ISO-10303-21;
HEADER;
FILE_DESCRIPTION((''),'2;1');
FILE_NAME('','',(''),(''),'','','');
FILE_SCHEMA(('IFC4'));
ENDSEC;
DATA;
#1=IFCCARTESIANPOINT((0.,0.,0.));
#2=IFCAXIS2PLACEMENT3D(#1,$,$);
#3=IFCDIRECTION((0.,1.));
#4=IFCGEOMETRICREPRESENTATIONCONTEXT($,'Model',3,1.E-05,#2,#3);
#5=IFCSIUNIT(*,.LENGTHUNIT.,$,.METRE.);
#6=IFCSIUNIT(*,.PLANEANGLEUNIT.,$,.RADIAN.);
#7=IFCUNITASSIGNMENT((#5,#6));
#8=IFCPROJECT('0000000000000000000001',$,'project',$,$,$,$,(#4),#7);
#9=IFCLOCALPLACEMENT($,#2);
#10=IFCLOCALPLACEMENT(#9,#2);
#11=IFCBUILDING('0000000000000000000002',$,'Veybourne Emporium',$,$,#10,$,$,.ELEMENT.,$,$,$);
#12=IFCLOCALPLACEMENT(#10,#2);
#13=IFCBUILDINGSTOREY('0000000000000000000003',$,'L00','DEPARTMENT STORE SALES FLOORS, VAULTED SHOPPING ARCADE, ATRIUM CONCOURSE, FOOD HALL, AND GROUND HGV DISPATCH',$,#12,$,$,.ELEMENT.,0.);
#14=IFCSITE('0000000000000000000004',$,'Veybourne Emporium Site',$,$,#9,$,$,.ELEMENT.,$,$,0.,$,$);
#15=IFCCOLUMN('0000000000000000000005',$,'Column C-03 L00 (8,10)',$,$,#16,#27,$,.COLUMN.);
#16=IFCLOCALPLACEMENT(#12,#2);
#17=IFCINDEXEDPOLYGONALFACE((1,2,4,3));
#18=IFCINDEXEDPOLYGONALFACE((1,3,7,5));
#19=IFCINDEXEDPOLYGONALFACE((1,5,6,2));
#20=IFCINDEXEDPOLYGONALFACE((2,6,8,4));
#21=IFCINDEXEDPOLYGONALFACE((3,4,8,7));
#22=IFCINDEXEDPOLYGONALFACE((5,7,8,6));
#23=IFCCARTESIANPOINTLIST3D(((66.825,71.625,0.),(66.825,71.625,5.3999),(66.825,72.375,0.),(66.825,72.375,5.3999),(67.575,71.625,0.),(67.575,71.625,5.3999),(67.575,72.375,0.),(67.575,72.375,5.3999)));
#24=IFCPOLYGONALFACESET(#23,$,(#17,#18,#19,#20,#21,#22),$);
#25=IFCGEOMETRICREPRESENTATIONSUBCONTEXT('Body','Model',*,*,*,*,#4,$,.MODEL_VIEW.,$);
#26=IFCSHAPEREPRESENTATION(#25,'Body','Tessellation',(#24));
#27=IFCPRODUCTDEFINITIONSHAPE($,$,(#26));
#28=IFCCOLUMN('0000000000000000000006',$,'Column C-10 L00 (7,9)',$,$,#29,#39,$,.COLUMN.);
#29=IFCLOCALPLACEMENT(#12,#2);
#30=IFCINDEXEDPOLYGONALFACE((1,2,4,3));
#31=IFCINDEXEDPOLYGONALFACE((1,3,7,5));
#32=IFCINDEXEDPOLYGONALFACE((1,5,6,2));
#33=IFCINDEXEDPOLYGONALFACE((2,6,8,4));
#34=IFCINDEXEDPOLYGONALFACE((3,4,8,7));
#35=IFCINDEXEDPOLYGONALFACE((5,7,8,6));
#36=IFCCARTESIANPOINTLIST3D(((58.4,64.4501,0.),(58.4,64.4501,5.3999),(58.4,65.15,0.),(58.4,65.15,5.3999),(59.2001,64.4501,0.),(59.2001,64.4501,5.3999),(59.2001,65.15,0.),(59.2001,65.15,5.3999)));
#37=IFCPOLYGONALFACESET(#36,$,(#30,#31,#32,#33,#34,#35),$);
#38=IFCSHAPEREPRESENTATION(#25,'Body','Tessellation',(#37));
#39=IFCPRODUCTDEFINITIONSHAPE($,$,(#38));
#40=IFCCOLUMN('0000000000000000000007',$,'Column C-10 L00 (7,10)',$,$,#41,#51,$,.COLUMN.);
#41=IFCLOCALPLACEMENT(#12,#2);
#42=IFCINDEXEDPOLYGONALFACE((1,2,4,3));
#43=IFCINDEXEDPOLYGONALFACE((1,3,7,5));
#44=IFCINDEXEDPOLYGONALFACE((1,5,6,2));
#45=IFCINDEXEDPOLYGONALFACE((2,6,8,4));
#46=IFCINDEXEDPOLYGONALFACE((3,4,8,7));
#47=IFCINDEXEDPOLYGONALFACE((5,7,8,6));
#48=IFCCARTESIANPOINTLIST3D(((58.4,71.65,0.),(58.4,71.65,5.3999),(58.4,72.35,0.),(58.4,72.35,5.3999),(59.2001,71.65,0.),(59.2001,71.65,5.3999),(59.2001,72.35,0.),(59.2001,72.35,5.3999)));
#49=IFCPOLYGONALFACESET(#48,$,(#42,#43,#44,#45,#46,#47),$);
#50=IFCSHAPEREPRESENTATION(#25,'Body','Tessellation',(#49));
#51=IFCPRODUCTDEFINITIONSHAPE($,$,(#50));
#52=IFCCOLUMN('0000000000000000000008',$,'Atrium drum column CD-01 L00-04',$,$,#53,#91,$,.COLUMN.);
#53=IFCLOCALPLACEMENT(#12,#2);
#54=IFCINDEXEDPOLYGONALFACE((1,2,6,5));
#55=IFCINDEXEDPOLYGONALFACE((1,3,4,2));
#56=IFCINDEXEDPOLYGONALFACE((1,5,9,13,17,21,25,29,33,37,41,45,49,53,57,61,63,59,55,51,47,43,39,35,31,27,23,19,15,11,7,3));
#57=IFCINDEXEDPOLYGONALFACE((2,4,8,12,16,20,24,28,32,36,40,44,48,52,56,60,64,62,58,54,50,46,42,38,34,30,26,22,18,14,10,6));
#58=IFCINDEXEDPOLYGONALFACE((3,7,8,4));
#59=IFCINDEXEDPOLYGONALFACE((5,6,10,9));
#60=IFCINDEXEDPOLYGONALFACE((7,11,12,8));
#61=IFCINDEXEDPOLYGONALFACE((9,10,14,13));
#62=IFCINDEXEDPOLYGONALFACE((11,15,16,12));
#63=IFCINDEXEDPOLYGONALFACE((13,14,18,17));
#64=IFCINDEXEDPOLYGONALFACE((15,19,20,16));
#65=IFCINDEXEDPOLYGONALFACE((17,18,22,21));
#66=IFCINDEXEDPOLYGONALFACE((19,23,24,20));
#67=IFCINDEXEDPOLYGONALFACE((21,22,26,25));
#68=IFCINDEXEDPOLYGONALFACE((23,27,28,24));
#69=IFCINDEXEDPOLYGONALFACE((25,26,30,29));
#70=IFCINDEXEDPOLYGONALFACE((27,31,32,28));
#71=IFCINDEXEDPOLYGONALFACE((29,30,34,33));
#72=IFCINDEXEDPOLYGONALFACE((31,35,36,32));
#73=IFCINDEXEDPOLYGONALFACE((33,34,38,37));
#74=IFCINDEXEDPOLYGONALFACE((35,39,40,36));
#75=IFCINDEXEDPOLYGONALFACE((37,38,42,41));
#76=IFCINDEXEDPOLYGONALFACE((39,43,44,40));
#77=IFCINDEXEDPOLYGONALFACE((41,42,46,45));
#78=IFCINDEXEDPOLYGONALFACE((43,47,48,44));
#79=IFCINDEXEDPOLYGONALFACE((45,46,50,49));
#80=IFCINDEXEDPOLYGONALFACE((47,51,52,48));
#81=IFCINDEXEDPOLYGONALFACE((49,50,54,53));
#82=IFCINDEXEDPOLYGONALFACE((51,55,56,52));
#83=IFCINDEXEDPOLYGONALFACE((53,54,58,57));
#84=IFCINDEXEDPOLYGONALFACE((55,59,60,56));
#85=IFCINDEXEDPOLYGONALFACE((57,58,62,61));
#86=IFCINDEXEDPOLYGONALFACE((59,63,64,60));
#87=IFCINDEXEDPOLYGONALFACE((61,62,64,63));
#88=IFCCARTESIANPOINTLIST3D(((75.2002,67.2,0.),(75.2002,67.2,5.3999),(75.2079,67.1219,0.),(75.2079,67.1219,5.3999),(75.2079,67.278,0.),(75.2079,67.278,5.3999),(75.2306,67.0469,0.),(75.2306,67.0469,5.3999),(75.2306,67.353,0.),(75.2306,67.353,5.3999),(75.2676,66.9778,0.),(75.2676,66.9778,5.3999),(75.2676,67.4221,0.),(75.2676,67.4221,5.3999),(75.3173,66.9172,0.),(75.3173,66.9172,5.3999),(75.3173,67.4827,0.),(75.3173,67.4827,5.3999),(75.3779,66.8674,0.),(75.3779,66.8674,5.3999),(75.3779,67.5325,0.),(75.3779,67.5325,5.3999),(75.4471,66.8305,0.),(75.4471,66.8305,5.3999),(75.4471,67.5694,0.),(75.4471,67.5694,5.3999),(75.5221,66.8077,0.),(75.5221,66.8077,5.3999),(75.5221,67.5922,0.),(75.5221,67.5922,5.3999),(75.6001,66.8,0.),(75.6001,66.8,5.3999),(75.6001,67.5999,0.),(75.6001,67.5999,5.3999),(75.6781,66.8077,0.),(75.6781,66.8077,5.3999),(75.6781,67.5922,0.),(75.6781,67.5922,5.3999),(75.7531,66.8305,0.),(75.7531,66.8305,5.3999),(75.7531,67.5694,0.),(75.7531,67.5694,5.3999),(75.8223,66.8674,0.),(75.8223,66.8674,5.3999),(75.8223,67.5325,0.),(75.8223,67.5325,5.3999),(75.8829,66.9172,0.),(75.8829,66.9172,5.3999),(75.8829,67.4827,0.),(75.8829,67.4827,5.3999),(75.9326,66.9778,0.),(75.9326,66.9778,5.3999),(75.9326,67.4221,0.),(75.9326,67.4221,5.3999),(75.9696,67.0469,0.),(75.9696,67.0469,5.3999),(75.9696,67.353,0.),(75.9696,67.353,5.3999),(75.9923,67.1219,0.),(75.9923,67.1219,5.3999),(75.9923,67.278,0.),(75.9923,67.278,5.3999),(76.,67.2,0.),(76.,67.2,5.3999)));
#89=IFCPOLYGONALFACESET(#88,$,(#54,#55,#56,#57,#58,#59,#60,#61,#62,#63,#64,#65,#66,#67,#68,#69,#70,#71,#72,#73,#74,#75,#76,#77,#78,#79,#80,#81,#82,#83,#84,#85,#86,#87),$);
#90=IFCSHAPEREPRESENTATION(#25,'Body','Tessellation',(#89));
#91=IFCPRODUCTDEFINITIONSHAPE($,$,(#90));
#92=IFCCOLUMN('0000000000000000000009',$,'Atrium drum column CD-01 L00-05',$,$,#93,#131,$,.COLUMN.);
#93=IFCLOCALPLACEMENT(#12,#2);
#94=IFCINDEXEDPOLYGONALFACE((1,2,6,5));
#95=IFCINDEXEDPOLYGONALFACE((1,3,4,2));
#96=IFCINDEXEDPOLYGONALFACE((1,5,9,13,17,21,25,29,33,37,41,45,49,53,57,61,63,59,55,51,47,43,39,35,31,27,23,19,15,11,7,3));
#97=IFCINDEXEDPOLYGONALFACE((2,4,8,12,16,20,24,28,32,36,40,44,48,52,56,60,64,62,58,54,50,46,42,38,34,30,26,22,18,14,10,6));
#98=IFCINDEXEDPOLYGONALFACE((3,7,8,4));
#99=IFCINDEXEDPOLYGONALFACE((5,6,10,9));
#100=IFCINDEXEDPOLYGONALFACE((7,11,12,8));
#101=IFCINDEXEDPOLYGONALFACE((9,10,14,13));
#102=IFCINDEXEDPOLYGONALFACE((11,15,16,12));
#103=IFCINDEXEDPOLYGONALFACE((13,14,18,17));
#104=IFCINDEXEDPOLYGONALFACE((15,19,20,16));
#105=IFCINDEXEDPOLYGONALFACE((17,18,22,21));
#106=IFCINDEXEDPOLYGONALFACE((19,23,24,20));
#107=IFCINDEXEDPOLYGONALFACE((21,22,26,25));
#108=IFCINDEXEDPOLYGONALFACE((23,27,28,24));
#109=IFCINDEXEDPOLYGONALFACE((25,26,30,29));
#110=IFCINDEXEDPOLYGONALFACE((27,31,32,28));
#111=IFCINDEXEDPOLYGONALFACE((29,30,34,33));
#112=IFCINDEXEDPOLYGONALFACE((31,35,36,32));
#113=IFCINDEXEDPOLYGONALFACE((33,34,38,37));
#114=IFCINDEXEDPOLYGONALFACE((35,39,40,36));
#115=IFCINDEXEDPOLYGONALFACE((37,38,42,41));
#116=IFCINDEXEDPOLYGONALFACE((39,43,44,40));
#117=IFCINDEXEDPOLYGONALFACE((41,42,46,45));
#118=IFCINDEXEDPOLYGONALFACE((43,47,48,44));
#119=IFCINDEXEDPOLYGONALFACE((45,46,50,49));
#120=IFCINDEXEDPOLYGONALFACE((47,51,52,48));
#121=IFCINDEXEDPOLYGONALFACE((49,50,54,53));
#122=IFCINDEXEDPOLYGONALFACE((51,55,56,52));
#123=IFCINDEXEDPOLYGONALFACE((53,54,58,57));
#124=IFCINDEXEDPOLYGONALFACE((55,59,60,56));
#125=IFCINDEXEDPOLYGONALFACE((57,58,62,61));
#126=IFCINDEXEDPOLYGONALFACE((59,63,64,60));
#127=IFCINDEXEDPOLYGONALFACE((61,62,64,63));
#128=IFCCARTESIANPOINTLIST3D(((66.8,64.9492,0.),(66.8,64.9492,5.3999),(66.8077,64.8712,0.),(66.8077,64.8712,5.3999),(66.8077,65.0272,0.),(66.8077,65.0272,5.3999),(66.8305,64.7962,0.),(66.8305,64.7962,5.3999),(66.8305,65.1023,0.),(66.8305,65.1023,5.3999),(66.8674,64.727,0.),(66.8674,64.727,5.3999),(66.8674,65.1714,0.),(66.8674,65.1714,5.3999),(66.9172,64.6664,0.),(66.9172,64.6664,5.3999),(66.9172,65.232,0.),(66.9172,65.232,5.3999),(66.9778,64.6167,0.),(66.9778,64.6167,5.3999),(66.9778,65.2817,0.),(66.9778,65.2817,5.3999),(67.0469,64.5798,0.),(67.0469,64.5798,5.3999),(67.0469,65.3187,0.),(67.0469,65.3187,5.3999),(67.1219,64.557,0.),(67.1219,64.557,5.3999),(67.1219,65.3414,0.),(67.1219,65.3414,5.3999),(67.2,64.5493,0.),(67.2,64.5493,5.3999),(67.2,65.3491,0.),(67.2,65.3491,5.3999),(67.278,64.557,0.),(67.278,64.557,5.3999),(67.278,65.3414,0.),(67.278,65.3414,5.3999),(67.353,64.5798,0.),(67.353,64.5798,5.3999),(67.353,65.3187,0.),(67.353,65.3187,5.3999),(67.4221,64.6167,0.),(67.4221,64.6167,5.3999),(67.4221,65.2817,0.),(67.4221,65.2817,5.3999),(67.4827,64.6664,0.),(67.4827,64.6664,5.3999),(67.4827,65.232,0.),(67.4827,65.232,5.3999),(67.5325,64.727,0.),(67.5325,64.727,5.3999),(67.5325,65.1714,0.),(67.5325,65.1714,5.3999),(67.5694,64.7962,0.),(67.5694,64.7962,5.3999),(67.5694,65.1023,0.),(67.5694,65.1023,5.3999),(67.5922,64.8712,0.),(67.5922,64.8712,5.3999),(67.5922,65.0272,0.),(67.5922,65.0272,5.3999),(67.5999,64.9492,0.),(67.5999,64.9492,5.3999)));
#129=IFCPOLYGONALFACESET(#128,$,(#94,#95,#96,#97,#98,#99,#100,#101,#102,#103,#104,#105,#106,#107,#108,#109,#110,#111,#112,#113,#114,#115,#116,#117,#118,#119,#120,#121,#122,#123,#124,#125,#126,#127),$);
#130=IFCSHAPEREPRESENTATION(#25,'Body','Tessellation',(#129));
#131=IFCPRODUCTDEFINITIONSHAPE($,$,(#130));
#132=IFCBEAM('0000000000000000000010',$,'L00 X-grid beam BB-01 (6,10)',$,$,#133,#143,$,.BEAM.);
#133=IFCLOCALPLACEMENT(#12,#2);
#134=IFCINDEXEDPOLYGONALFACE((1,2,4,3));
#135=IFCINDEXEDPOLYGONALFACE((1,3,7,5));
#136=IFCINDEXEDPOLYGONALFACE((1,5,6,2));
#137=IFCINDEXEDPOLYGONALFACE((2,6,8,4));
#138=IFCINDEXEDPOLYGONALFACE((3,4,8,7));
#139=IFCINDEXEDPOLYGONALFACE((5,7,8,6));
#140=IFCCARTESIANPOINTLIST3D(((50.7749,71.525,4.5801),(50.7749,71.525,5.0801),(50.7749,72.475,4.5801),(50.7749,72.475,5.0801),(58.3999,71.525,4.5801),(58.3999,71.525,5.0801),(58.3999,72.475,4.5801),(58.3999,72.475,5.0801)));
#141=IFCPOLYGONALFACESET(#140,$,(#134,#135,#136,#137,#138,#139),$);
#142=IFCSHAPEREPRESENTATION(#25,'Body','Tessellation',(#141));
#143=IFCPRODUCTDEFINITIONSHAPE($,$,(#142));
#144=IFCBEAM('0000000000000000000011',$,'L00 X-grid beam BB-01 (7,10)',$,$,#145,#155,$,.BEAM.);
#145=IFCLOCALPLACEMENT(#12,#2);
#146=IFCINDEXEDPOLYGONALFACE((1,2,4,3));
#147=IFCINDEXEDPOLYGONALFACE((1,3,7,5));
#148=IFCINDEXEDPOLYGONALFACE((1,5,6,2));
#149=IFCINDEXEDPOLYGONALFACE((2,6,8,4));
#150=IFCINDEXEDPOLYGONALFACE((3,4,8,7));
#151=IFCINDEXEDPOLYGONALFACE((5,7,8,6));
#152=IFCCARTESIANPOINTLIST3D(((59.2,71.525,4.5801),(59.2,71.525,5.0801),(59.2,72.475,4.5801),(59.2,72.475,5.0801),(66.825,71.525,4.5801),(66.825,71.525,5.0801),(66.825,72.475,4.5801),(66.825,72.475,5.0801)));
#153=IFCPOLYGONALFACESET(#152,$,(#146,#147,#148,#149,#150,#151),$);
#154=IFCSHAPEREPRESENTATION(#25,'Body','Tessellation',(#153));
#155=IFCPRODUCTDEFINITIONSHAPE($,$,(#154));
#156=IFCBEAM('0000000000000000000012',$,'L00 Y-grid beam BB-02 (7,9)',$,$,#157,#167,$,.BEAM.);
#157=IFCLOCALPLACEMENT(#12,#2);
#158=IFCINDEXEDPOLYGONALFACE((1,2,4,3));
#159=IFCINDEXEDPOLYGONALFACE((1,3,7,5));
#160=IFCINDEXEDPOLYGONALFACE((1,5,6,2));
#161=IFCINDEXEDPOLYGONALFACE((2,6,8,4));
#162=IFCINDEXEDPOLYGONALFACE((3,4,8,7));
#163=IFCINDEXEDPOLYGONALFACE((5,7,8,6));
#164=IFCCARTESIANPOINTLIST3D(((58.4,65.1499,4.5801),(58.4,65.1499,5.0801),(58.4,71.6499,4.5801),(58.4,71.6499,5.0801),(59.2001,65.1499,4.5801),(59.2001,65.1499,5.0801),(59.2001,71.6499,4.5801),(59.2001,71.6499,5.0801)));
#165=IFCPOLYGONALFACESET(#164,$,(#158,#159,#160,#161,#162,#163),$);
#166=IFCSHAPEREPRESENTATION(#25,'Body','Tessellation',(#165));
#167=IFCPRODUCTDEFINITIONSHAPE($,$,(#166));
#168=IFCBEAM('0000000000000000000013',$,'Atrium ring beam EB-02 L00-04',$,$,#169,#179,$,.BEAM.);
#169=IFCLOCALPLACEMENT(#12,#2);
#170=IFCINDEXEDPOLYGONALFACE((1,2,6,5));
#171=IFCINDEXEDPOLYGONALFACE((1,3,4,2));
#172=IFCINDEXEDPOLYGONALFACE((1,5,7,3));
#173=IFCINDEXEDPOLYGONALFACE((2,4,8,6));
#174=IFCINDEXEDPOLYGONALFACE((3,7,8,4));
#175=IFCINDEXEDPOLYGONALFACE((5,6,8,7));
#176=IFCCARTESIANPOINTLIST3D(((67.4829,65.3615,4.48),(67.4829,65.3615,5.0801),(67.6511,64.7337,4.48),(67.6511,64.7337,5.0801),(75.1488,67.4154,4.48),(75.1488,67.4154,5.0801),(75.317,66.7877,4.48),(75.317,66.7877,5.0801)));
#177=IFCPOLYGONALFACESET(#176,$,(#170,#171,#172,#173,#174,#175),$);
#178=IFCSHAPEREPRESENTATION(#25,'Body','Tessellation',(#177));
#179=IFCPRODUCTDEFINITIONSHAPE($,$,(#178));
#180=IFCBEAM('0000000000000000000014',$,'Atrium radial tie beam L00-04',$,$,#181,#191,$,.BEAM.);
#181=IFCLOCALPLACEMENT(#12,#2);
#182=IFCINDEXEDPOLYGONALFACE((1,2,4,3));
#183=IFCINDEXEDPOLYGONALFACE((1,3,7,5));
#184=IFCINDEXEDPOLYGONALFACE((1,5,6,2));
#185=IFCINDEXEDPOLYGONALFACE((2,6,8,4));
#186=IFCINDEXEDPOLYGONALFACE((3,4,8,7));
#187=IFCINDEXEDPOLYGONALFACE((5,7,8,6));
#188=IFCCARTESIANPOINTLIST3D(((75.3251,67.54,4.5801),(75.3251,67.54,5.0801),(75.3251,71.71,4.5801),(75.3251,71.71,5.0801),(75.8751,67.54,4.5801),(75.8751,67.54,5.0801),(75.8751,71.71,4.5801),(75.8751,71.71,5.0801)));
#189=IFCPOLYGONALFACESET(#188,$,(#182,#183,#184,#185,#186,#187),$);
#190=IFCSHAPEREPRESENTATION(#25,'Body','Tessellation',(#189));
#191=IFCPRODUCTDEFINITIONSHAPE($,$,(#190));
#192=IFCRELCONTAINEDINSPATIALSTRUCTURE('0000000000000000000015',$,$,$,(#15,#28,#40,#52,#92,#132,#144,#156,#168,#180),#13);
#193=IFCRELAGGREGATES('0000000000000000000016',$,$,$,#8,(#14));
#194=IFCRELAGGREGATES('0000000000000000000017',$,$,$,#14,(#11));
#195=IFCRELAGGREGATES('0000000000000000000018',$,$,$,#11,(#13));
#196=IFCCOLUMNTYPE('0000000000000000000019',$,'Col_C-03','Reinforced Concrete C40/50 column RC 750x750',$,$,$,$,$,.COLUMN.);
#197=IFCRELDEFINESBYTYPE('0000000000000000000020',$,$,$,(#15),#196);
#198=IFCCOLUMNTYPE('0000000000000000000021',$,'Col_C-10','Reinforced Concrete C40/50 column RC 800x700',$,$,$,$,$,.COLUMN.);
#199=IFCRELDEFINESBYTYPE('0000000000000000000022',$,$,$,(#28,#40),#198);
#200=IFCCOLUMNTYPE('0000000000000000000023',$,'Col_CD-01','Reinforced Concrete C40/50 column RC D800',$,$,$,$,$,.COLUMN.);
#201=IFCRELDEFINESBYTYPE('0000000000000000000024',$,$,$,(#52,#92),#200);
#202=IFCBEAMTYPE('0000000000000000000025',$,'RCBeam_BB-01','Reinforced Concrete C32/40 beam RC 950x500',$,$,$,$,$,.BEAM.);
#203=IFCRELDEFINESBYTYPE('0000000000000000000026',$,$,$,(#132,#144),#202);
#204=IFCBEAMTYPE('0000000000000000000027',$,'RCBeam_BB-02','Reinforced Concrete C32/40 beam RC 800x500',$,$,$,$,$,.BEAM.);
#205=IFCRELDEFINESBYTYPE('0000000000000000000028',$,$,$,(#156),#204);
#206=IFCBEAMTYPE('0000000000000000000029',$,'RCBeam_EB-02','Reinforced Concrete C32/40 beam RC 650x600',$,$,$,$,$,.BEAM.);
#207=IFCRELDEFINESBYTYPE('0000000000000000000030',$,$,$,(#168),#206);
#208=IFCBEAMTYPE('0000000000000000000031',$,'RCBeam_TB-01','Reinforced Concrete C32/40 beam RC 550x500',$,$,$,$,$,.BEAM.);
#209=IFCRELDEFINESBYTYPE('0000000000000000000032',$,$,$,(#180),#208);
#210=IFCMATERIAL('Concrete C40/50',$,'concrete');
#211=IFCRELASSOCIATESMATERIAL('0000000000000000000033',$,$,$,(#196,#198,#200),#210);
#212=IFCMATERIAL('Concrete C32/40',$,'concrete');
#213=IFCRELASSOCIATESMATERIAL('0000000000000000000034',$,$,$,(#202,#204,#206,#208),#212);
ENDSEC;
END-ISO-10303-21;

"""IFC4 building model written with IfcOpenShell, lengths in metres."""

from ifc_helpers import new_model, si_unit, direction, frame, origin, origin_2d, place, context, subcontext, project, spatial, rectangle, circle, extrude, material, material_profile, profile_set, type_object, element, save


model = new_model("IFC4")

# Units and contexts
model_context = context("Model", 3, precision=1e-05, world=origin(), true_north=direction((0.0, 1.0)))
body_context = subcontext(model_context, "Body", "Model", "MODEL_VIEW")
ifc_project = project(units=[si_unit("LENGTHUNIT", "METRE"), si_unit("PLANEANGLEUNIT", "RADIAN")], contexts=[model_context])

# Site, building, storey
site_placement = place(None, origin())
site = spatial("IfcSite", under=ifc_project, at=site_placement, Name="Veybourne Emporium Site", CompositionType="ELEMENT", RefElevation=0.0)
building_placement = place(site_placement, origin())
building = spatial("IfcBuilding", under=site, at=building_placement, Name="Veybourne Emporium", CompositionType="ELEMENT")
storey_placement = place(building_placement, origin())
storey = spatial("IfcBuildingStorey", under=building, at=storey_placement, Name="L00", Description="DEPARTMENT STORE SALES FLOORS, VAULTED SHOPPING ARCADE, ATRIUM CONCOURSE, FOOD HALL, AND GROUND HGV DISPATCH", CompositionType="ELEMENT", Elevation=0.0)

# Columns
ifc_material_1 = material(Name="Concrete C40/50", Category="concrete")
ifc_material_profile_1 = material_profile(ifc_material_1, rectangle(XDim=0.75, YDim=0.75, at=origin_2d()), Name="RC 750x750")
ifc_profile_set_1 = profile_set([ifc_material_profile_1], Name="Concrete C40/50")
column_type_1 = type_object("IfcColumnType", Name="Col_C-03", Description="Reinforced Concrete C40/50 column RC 750x750", PredefinedType="COLUMN", material=ifc_profile_set_1)
column_placement = place(storey_placement, frame((67.2, 72.0, 0.0), z_axis=(0.0, 0.0, 1.0), x_axis=(1.0, 0.0, 0.0)))
element("IfcColumn", 1, at=column_placement, inside=storey, type_object=column_type_1, Name="Column C-03 L00 (8,10)", PredefinedType="COLUMN", context=body_context, shape_type="SweptSolid", body=[
    extrude(rectangle(XDim=0.75, YDim=0.75, at=origin_2d()), origin(), (0.0, 0.0, 1.0), 5.3999),
])
ifc_material_profile_2 = material_profile(ifc_material_1, rectangle(XDim=0.8, YDim=0.7, at=origin_2d()), Name="RC 800x700")
ifc_profile_set_2 = profile_set([ifc_material_profile_2], Name="Concrete C40/50")
column_type_2 = type_object("IfcColumnType", Name="Col_C-10", Description="Reinforced Concrete C40/50 column RC 800x700", PredefinedType="COLUMN", material=ifc_profile_set_2)
for number, where, z_axis, x_axis, name in (
    (2, (58.8, 64.8, 0.0), (0.0, 0.0, 1.0), (1.0, 0.0, 0.0), "Column C-10 L00 (7,9)"),
    (3, (58.8, 72.0, 0.0), (0.0, 0.0, 1.0), (1.0, 0.0, 0.0), "Column C-10 L00 (7,10)"),
):
    element("IfcColumn", number, at=place(storey_placement, frame(where, z_axis=z_axis, x_axis=x_axis)), inside=storey, type_object=column_type_2, Name=name, PredefinedType="COLUMN", context=body_context, shape_type="SweptSolid", body=[
        extrude(rectangle(XDim=0.8, YDim=0.7, at=origin_2d()), origin(), (0.0, 0.0, 1.0), 5.3999),
    ])
ifc_material_profile_3 = material_profile(ifc_material_1, circle(Radius=0.3999, at=origin_2d()), Name="RC D800")
ifc_profile_set_3 = profile_set([ifc_material_profile_3], Name="Concrete C40/50")
column_type_3 = type_object("IfcColumnType", Name="Col_CD-01", Description="Reinforced Concrete C40/50 column RC D800", PredefinedType="COLUMN", material=ifc_profile_set_3)
for number, where, z_axis, x_axis, name in (
    (4, (75.6001, 67.2, 0.0), (0.0, 0.0, 1.0), (1.0, 0.0, 0.0), "Atrium drum column CD-01 L00-04"),
    (5, (67.2, 64.9492, 0.0), (0.0, 0.0, 1.0), (1.0, 0.0, 0.0), "Atrium drum column CD-01 L00-05"),
):
    element("IfcColumn", number, at=place(storey_placement, frame(where, z_axis=z_axis, x_axis=x_axis)), inside=storey, type_object=column_type_3, Name=name, PredefinedType="COLUMN", context=body_context, shape_type="SweptSolid", body=[
        extrude(circle(Radius=0.3999, at=origin_2d()), origin(), (0.0, 0.0, 1.0), 5.3999),
    ])

# Beams
ifc_material_2 = material(Name="Concrete C32/40", Category="concrete")
ifc_material_profile_4 = material_profile(ifc_material_2, rectangle(XDim=0.95, YDim=0.5, at=origin_2d()), Name="RC 950x500")
ifc_profile_set_4 = profile_set([ifc_material_profile_4], Name="Concrete C32/40")
beam_type_1 = type_object("IfcBeamType", Name="RCBeam_BB-01", Description="Reinforced Concrete C32/40 beam RC 950x500", PredefinedType="BEAM", material=ifc_profile_set_4)
for number, where, z_axis, x_axis, name in (
    (6, (50.7749, 72.0, 4.8301), (1.0, 0.0, 0.0), (0.0, 1.0, 0.0), "L00 X-grid beam BB-01 (6,10)"),
    (7, (59.2, 72.0, 4.8301), (1.0, 0.0, 0.0), (0.0, 1.0, 0.0), "L00 X-grid beam BB-01 (7,10)"),
):
    element("IfcBeam", number, at=place(storey_placement, frame(where, z_axis=z_axis, x_axis=x_axis)), inside=storey, type_object=beam_type_1, Name=name, PredefinedType="BEAM", context=body_context, shape_type="SweptSolid", body=[
        extrude(rectangle(XDim=0.95, YDim=0.5, at=origin_2d()), origin(), (0.0, 0.0, 1.0), 7.625),
    ])
ifc_material_profile_5 = material_profile(ifc_material_2, rectangle(XDim=0.8, YDim=0.5, at=origin_2d()), Name="RC 800x500")
ifc_profile_set_5 = profile_set([ifc_material_profile_5], Name="Concrete C32/40")
beam_type_2 = type_object("IfcBeamType", Name="RCBeam_BB-02", Description="Reinforced Concrete C32/40 beam RC 800x500", PredefinedType="BEAM", material=ifc_profile_set_5)
beam_1_placement = place(storey_placement, frame((58.8, 65.1499, 4.8301), z_axis=(0.0, 1.0, 0.0), x_axis=(-1.0, 0.0, 0.0)))
element("IfcBeam", 8, at=beam_1_placement, inside=storey, type_object=beam_type_2, Name="L00 Y-grid beam BB-02 (7,9)", PredefinedType="BEAM", context=body_context, shape_type="SweptSolid", body=[
    extrude(rectangle(XDim=0.8, YDim=0.5, at=origin_2d()), origin(), (0.0, 0.0, 1.0), 6.5),
])
ifc_material_profile_6 = material_profile(ifc_material_2, rectangle(XDim=0.6499, YDim=0.6001, at=origin_2d()), Name="RC 650x600")
ifc_profile_set_6 = profile_set([ifc_material_profile_6], Name="Concrete C32/40")
beam_type_3 = type_object("IfcBeamType", Name="RCBeam_EB-02", Description="Reinforced Concrete C32/40 beam RC 650x600", PredefinedType="BEAM", material=ifc_profile_set_6)
beam_2_placement = place(storey_placement, frame((75.2329, 67.1016, 4.78), z_axis=(-0.965928, -0.258809, 0.0), x_axis=(0.258809, -0.965928, 0.0)))
element("IfcBeam", 9, at=beam_2_placement, inside=storey, type_object=beam_type_3, Name="Atrium ring beam EB-02 L00-04", PredefinedType="BEAM", context=body_context, shape_type="SweptSolid", body=[
    extrude(rectangle(XDim=0.6499, YDim=0.6001, at=origin_2d()), origin(), (0.0, 0.0, 1.0), 7.9363),
])
ifc_material_profile_7 = material_profile(ifc_material_2, rectangle(XDim=0.55, YDim=0.5, at=origin_2d()), Name="RC 550x500")
ifc_profile_set_7 = profile_set([ifc_material_profile_7], Name="Concrete C32/40")
beam_type_4 = type_object("IfcBeamType", Name="RCBeam_TB-01", Description="Reinforced Concrete C32/40 beam RC 550x500", PredefinedType="BEAM", material=ifc_profile_set_7)
beam_3_placement = place(storey_placement, frame((75.6001, 67.54, 4.8301), z_axis=(0.0, 1.0, 0.0), x_axis=(-1.0, 0.0, 0.0)))
element("IfcBeam", 10, at=beam_3_placement, inside=storey, type_object=beam_type_4, Name="Atrium radial tie beam L00-04", PredefinedType="BEAM", context=body_context, shape_type="SweptSolid", body=[
    extrude(rectangle(XDim=0.55, YDim=0.5, at=origin_2d()), origin(), (0.0, 0.0, 1.0), 4.1699),
])

save(model, "model.ifc")
